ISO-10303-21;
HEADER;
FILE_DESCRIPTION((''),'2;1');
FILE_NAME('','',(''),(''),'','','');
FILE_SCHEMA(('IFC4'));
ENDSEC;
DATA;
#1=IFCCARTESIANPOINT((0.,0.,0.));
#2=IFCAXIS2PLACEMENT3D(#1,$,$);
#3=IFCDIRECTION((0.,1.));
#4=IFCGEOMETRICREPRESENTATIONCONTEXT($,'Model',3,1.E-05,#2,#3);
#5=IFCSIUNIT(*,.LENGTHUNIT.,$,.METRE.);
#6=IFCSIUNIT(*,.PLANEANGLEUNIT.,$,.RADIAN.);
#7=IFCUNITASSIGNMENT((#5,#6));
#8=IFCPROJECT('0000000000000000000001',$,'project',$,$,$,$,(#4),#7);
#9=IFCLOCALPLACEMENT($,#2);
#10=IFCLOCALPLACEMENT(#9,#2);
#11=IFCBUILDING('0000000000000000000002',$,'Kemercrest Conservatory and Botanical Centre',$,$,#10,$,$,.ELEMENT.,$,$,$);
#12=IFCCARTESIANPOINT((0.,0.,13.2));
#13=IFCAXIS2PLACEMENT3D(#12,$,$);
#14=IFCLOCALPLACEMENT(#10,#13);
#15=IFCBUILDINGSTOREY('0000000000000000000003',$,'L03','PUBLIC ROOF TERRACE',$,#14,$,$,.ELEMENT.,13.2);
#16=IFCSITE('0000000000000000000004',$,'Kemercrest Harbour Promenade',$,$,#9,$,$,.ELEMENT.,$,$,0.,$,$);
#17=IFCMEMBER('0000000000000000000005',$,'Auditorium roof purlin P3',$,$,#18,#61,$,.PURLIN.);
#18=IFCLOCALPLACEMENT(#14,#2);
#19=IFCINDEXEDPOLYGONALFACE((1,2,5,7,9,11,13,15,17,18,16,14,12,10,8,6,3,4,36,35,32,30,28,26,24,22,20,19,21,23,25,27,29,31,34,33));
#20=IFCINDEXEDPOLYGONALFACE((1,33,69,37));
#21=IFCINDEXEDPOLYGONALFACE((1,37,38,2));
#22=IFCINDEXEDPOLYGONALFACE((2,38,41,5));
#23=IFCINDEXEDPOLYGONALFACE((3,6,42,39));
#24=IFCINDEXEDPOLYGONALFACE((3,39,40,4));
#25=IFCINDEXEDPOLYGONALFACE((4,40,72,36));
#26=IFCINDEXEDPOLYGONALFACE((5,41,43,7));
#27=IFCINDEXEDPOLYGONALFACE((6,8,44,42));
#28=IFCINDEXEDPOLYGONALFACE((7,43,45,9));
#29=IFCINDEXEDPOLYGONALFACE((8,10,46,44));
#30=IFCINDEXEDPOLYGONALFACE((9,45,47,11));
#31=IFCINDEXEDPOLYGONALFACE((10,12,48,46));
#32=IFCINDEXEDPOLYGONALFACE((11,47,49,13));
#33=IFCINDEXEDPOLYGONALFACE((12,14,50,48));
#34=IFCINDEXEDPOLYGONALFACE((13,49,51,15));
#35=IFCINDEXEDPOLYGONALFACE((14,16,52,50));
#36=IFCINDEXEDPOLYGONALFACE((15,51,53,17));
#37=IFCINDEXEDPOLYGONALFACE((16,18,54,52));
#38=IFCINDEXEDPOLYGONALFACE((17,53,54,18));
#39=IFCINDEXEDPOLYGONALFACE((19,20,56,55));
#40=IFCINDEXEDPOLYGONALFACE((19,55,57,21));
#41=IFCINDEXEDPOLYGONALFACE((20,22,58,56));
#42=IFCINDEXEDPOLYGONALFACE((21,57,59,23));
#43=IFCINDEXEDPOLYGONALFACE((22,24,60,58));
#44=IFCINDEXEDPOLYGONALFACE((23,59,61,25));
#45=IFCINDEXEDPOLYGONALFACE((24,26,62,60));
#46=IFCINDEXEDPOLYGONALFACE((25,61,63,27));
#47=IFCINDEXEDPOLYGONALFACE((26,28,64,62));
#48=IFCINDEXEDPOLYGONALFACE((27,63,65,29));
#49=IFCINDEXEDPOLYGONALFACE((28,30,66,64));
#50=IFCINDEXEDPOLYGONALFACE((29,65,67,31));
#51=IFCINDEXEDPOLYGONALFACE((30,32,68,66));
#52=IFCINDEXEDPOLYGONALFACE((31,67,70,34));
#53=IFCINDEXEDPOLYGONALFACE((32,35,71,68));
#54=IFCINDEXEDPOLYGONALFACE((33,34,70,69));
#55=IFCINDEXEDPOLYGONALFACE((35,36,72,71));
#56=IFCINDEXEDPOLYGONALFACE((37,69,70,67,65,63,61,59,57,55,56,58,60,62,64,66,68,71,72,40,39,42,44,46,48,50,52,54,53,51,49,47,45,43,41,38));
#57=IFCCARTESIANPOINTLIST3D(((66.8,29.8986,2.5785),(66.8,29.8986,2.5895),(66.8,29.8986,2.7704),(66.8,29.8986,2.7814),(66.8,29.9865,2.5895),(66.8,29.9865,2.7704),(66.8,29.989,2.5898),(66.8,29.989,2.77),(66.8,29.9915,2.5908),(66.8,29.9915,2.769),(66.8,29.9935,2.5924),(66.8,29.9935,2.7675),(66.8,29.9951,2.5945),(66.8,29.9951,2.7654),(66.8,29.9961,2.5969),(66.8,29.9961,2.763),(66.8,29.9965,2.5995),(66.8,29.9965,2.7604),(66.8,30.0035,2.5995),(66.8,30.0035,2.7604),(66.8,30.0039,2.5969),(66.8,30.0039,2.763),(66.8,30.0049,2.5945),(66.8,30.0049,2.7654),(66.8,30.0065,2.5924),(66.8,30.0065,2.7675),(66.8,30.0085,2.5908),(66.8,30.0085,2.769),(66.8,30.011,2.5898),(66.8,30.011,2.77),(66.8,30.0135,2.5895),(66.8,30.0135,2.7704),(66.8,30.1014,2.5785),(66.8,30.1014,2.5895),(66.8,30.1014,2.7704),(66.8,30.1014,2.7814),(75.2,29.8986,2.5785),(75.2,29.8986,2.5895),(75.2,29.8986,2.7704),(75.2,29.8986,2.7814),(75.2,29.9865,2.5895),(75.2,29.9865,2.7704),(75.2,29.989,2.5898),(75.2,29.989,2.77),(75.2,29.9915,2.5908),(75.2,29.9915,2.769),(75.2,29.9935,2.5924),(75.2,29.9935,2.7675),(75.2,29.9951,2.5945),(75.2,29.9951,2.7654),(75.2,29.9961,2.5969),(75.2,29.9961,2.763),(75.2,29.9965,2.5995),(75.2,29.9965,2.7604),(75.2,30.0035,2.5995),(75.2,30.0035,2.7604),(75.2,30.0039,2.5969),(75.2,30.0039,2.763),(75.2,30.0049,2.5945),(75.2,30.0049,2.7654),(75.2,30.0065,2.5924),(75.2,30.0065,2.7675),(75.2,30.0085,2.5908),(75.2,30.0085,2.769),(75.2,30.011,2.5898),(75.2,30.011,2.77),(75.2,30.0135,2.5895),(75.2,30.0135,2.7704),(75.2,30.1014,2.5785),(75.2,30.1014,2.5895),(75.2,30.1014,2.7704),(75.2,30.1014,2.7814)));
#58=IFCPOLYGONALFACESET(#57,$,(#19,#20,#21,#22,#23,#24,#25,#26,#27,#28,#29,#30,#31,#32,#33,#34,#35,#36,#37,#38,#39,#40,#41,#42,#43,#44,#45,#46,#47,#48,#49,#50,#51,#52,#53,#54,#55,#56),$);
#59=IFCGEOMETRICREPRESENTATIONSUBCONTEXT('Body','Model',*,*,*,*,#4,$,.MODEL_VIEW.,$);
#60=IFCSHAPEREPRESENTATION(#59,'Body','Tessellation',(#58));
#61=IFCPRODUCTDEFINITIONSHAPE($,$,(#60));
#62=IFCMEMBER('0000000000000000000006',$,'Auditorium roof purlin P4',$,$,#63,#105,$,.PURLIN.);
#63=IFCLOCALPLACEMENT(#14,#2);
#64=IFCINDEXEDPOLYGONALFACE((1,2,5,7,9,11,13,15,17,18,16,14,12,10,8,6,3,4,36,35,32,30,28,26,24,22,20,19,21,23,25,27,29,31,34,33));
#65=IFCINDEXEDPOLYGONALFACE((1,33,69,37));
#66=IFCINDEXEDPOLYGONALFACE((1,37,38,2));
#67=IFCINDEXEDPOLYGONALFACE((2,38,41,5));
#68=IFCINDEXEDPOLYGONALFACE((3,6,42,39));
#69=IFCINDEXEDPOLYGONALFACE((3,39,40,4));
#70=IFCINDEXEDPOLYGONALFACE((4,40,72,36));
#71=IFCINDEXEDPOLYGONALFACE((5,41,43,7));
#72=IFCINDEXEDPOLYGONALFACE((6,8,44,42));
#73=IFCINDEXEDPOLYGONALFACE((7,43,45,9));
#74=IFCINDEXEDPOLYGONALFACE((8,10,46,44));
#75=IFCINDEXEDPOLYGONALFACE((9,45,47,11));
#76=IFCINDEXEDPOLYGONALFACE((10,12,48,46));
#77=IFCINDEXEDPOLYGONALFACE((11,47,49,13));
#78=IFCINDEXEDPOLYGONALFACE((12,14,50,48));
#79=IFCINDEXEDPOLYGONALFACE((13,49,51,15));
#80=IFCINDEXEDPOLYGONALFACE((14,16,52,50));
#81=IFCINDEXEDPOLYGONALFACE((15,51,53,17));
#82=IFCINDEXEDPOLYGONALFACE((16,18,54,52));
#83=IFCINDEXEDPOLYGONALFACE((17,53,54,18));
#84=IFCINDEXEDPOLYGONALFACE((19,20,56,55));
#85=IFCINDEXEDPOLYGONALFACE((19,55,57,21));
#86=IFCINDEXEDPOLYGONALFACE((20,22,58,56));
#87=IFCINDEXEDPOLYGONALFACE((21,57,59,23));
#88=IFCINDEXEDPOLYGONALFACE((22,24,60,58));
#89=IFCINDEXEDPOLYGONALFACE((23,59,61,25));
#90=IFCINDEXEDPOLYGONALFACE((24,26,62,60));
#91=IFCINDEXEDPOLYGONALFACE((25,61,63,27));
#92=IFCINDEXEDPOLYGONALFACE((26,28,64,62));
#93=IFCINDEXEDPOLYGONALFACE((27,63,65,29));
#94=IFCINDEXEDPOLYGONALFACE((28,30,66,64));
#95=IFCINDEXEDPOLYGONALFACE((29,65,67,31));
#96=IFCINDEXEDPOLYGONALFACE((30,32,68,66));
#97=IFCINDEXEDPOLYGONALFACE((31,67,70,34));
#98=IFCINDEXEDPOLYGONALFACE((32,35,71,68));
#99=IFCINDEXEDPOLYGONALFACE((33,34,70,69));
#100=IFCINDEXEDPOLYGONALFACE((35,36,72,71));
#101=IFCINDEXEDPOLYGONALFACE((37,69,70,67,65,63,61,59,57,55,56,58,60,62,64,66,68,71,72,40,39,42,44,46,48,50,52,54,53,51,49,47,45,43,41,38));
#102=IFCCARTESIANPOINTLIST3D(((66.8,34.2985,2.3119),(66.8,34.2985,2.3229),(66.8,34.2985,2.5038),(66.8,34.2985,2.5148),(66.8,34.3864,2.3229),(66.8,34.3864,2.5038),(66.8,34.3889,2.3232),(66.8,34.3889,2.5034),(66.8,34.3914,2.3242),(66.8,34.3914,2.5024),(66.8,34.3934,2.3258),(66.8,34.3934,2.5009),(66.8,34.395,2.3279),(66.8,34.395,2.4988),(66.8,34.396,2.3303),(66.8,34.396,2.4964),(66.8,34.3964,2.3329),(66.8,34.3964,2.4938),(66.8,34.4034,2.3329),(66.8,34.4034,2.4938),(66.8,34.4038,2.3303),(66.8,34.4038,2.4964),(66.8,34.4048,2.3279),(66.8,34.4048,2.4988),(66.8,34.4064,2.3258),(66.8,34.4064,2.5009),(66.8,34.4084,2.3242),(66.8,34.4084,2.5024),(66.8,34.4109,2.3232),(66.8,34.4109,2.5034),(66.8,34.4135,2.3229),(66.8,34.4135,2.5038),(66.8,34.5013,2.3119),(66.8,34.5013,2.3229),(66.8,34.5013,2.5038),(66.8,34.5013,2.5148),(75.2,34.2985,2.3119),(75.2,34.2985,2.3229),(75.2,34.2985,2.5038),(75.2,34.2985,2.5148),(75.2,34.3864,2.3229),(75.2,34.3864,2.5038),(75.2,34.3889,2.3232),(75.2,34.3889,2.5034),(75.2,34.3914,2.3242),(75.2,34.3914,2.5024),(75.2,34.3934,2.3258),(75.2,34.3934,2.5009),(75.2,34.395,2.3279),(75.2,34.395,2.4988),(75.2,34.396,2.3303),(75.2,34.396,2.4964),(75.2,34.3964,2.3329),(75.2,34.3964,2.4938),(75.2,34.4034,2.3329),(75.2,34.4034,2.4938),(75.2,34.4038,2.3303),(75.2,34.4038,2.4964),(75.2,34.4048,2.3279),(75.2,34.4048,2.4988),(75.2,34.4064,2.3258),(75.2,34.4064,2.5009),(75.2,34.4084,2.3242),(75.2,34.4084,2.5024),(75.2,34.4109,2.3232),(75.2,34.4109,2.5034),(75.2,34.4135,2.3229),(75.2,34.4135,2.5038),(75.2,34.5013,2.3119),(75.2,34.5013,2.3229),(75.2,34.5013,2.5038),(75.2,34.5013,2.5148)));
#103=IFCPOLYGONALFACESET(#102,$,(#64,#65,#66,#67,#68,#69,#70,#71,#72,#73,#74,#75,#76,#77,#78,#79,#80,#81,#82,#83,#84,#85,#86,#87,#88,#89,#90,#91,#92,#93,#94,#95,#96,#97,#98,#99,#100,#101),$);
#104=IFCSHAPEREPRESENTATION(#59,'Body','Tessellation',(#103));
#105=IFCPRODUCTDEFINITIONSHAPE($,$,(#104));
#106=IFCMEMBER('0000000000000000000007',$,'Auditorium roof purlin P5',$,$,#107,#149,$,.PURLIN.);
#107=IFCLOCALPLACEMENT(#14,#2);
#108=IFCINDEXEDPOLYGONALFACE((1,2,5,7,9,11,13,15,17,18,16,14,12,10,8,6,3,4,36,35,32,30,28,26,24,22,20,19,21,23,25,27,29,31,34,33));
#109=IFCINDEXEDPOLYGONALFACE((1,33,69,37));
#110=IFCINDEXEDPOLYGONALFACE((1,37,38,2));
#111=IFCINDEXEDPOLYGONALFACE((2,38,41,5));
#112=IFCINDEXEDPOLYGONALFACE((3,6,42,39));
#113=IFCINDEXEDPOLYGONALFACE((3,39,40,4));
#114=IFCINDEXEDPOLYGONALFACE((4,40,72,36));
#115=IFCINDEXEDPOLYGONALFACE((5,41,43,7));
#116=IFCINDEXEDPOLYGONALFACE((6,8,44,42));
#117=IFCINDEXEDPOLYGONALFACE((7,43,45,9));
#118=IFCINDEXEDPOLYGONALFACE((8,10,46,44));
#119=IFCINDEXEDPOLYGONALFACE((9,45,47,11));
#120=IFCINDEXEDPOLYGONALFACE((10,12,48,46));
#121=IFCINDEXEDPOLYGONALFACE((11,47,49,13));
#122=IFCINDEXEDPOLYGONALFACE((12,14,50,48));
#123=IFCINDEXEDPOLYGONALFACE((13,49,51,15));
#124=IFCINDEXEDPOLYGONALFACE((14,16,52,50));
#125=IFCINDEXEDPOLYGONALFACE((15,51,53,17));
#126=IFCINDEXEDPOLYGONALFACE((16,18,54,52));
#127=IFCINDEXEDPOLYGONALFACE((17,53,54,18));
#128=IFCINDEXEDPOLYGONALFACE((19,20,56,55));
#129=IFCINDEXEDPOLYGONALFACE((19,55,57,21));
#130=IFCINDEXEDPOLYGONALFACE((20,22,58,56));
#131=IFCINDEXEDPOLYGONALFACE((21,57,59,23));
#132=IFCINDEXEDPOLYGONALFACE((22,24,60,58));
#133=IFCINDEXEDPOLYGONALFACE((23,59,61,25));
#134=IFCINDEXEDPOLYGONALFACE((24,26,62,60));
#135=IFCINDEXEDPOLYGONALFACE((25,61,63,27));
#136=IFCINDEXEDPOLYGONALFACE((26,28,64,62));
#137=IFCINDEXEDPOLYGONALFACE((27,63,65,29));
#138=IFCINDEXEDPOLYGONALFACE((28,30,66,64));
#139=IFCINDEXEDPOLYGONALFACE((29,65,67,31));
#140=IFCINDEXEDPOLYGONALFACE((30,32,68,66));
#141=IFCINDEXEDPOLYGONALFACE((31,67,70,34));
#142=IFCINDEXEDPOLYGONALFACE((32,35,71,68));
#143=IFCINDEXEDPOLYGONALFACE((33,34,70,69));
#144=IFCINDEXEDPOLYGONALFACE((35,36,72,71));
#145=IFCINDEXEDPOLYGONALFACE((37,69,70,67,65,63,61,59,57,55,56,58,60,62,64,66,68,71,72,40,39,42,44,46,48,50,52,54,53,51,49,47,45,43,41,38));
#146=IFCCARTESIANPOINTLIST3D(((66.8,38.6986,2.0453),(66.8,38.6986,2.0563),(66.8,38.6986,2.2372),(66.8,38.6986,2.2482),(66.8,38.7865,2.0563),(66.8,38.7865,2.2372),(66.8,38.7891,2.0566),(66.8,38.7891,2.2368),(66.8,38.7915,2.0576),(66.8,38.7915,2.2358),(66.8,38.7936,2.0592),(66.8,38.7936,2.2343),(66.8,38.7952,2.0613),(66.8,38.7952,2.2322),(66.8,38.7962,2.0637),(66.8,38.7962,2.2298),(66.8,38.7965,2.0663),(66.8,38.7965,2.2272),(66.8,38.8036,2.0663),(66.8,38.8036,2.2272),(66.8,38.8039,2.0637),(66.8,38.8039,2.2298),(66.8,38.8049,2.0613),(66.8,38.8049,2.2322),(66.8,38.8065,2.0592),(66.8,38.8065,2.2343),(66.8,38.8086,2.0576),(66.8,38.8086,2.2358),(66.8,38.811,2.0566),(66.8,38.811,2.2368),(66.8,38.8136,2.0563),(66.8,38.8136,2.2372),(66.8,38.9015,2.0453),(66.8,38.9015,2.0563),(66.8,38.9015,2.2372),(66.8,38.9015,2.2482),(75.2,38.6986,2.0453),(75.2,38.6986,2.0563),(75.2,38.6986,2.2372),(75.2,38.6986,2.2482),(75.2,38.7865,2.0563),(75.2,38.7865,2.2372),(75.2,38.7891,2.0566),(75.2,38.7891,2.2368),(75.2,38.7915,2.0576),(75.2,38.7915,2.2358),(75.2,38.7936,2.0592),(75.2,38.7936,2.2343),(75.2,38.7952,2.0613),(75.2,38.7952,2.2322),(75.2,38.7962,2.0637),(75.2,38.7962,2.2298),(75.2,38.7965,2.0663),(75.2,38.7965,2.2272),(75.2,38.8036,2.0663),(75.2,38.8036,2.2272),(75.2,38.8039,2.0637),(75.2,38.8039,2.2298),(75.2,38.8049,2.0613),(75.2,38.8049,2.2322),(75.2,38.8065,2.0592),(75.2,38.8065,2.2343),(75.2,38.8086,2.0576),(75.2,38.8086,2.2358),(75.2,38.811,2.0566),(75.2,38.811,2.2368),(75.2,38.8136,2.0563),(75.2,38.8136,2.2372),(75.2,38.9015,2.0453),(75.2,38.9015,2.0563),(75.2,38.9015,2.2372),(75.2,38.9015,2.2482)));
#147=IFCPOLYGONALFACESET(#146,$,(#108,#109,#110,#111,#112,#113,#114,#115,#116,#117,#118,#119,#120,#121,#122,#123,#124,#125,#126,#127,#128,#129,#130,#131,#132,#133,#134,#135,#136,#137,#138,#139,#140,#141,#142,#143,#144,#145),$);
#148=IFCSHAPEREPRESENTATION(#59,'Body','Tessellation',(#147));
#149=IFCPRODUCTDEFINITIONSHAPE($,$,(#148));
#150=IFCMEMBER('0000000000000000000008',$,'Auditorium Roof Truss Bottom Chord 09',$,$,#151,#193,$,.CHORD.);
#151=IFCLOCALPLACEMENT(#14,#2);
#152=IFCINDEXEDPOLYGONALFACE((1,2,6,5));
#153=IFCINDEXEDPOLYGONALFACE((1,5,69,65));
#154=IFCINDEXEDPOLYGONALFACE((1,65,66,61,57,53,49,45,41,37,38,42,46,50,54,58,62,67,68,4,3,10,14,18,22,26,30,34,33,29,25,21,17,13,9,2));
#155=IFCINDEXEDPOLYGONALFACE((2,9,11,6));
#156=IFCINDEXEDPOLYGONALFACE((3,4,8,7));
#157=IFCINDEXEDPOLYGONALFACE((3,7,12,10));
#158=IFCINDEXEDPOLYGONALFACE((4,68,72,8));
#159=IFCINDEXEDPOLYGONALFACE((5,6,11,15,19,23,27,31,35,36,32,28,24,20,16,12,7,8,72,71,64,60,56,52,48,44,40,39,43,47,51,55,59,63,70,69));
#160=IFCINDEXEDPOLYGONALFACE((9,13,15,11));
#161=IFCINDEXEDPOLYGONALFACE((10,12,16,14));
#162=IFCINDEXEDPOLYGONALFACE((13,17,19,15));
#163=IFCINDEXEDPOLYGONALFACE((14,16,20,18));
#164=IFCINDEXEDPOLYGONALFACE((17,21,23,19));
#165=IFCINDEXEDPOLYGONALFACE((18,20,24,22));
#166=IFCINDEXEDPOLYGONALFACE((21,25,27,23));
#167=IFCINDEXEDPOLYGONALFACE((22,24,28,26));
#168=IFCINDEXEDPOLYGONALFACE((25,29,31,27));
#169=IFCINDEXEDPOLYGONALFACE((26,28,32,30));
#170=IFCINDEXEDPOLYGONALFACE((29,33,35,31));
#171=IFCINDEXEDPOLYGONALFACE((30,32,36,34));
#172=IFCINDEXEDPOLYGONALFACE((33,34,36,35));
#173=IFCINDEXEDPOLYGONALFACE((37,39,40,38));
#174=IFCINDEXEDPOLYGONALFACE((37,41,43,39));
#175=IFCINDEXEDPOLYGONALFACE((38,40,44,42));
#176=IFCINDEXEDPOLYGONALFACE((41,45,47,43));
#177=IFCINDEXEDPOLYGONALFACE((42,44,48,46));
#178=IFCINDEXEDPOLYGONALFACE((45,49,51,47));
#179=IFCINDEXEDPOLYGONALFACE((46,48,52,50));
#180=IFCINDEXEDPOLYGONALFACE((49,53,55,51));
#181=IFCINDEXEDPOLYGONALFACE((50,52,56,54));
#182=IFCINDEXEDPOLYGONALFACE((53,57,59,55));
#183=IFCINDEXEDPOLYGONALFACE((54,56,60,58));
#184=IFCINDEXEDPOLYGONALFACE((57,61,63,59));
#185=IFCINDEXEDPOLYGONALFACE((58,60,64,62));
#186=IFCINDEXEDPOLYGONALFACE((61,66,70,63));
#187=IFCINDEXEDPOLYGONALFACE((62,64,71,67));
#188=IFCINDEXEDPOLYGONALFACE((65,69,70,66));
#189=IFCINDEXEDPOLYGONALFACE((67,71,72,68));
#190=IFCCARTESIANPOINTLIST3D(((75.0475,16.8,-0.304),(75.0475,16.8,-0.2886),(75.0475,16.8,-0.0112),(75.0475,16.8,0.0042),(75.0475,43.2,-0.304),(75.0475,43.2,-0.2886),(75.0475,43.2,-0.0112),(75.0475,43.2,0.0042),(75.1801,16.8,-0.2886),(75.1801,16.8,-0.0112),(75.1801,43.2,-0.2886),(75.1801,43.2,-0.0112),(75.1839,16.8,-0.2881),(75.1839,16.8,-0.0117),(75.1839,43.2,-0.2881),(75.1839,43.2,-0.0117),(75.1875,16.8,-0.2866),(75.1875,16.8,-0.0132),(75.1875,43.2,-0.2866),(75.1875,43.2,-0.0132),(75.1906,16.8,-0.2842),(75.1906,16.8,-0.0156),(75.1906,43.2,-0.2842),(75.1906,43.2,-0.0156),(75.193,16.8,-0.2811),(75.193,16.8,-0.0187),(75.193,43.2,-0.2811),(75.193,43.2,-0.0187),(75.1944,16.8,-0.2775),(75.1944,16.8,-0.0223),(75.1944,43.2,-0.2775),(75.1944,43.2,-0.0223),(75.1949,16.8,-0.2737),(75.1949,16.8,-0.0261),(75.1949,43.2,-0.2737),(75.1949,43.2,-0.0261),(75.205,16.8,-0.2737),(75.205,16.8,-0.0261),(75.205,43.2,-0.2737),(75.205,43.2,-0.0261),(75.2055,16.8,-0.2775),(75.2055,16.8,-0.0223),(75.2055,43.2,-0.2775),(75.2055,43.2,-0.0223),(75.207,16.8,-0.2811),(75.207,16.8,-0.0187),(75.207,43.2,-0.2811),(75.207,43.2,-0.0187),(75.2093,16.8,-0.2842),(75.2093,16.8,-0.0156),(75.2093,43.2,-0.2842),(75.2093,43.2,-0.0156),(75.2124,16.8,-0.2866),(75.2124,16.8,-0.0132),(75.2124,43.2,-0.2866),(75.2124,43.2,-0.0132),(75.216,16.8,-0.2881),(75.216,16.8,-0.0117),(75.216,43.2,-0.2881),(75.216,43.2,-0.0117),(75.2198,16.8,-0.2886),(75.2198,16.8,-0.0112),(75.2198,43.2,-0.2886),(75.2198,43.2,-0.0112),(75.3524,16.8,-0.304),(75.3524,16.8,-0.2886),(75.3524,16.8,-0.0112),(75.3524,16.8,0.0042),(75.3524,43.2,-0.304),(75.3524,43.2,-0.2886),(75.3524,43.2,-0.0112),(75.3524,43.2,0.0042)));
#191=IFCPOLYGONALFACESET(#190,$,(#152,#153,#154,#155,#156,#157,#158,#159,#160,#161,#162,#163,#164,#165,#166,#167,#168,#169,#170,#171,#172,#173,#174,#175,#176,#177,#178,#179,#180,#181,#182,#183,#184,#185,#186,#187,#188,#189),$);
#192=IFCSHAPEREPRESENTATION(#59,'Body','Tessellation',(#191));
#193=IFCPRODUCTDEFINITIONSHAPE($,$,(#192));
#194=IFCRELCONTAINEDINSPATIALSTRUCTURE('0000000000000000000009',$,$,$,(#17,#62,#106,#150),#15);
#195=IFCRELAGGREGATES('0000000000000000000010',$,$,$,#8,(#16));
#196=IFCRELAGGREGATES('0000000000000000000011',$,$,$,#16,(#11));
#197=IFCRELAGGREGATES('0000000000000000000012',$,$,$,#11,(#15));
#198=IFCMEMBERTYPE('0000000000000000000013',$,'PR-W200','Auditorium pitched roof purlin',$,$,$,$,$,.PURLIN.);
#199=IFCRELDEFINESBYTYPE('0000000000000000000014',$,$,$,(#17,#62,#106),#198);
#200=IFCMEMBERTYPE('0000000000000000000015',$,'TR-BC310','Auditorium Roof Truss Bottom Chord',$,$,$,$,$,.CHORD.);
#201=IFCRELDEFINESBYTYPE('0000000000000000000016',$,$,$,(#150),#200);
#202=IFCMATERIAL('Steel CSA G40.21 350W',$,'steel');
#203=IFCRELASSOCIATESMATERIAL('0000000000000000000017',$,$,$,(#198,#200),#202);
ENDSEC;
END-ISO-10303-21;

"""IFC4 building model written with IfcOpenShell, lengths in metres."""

from ifc_helpers import new_model, si_unit, direction, frame, origin, origin_2d, place, context, subcontext, project, spatial, i_section, extrude, material, material_profile, profile_set, type_object, element, save


model = new_model("IFC4")

# Units and contexts
model_context = context("Model", 3, precision=1e-05, world=origin(), true_north=direction((0.0, 1.0)))
body_context = subcontext(model_context, "Body", "Model", "MODEL_VIEW")
ifc_project = project(units=[si_unit("LENGTHUNIT", "METRE"), si_unit("PLANEANGLEUNIT", "RADIAN")], contexts=[model_context])

# Site, building, storey
site_placement = place(None, origin())
site = spatial("IfcSite", under=ifc_project, at=site_placement, Name="Kemercrest Harbour Promenade", CompositionType="ELEMENT", RefElevation=0.0)
building_placement = place(site_placement, origin())
building = spatial("IfcBuilding", under=site, at=building_placement, Name="Kemercrest Conservatory and Botanical Centre", CompositionType="ELEMENT")
storey_placement = place(building_placement, frame((0.0, 0.0, 13.2)))
storey = spatial("IfcBuildingStorey", under=building, at=storey_placement, Name="L03", Description="PUBLIC ROOF TERRACE", CompositionType="ELEMENT", Elevation=13.2)

# Members
ifc_material = material(Name="Steel CSA G40.21 350W", Category="steel")
ifc_material_profile_1 = material_profile(ifc_material, i_section(OverallWidth=0.2029, OverallDepth=0.2029, WebThickness=0.0071, FlangeThickness=0.011, FilletRadius=0.01, at=origin_2d()), Name="W200X46")
ifc_profile_set_1 = profile_set([ifc_material_profile_1], Name="Steel CSA G40.21 350W")
member_type_1 = type_object("IfcMemberType", Name="PR-W200", Description="Auditorium pitched roof purlin", PredefinedType="PURLIN", material=ifc_profile_set_1)
for number, where, z_axis, x_axis, name in (
    (1, (66.8, 30.0, 2.6799), (1.0, 0.0, 0.0), (0.0, 1.0, 0.0), "Auditorium roof purlin P3"),
    (2, (66.8, 34.3999, 2.4133), (1.0, 0.0, 0.0), (0.0, 1.0, 0.0), "Auditorium roof purlin P4"),
    (3, (66.8, 38.8, 2.1467), (1.0, 0.0, 0.0), (0.0, 1.0, 0.0), "Auditorium roof purlin P5"),
):
    element("IfcMember", number, at=place(storey_placement, frame(where, z_axis=z_axis, x_axis=x_axis)), inside=storey, type_object=member_type_1, Name=name, PredefinedType="PURLIN", context=body_context, shape_type="SweptSolid", body=[
        extrude(i_section(OverallWidth=0.2029, OverallDepth=0.2029, WebThickness=0.0071, FlangeThickness=0.011, FilletRadius=0.01, at=origin_2d()), origin(), (0.0, 0.0, 1.0), 8.3999),
    ])
ifc_material_profile_2 = material_profile(ifc_material, i_section(OverallWidth=0.3049, OverallDepth=0.3081, WebThickness=0.01, FlangeThickness=0.0154, FilletRadius=0.0149, at=origin_2d()), Name="W310X97")
ifc_profile_set_2 = profile_set([ifc_material_profile_2], Name="Steel CSA G40.21 350W")
member_type_2 = type_object("IfcMemberType", Name="TR-BC310", Description="Auditorium Roof Truss Bottom Chord", PredefinedType="CHORD", material=ifc_profile_set_2)
member_1_placement = place(storey_placement, frame((75.2, 16.8, -0.1499), z_axis=(0.0, 1.0, 0.0), x_axis=(-1.0, 0.0, 0.0)))
element("IfcMember", 4, at=member_1_placement, inside=storey, type_object=member_type_2, Name="Auditorium Roof Truss Bottom Chord 09", PredefinedType="CHORD", context=body_context, shape_type="SweptSolid", body=[
    extrude(i_section(OverallWidth=0.3049, OverallDepth=0.3081, WebThickness=0.01, FlangeThickness=0.0154, FilletRadius=0.0149, at=origin_2d()), origin(), (0.0, 0.0, 1.0), 26.3999),
])

save(model, "model.ifc")
